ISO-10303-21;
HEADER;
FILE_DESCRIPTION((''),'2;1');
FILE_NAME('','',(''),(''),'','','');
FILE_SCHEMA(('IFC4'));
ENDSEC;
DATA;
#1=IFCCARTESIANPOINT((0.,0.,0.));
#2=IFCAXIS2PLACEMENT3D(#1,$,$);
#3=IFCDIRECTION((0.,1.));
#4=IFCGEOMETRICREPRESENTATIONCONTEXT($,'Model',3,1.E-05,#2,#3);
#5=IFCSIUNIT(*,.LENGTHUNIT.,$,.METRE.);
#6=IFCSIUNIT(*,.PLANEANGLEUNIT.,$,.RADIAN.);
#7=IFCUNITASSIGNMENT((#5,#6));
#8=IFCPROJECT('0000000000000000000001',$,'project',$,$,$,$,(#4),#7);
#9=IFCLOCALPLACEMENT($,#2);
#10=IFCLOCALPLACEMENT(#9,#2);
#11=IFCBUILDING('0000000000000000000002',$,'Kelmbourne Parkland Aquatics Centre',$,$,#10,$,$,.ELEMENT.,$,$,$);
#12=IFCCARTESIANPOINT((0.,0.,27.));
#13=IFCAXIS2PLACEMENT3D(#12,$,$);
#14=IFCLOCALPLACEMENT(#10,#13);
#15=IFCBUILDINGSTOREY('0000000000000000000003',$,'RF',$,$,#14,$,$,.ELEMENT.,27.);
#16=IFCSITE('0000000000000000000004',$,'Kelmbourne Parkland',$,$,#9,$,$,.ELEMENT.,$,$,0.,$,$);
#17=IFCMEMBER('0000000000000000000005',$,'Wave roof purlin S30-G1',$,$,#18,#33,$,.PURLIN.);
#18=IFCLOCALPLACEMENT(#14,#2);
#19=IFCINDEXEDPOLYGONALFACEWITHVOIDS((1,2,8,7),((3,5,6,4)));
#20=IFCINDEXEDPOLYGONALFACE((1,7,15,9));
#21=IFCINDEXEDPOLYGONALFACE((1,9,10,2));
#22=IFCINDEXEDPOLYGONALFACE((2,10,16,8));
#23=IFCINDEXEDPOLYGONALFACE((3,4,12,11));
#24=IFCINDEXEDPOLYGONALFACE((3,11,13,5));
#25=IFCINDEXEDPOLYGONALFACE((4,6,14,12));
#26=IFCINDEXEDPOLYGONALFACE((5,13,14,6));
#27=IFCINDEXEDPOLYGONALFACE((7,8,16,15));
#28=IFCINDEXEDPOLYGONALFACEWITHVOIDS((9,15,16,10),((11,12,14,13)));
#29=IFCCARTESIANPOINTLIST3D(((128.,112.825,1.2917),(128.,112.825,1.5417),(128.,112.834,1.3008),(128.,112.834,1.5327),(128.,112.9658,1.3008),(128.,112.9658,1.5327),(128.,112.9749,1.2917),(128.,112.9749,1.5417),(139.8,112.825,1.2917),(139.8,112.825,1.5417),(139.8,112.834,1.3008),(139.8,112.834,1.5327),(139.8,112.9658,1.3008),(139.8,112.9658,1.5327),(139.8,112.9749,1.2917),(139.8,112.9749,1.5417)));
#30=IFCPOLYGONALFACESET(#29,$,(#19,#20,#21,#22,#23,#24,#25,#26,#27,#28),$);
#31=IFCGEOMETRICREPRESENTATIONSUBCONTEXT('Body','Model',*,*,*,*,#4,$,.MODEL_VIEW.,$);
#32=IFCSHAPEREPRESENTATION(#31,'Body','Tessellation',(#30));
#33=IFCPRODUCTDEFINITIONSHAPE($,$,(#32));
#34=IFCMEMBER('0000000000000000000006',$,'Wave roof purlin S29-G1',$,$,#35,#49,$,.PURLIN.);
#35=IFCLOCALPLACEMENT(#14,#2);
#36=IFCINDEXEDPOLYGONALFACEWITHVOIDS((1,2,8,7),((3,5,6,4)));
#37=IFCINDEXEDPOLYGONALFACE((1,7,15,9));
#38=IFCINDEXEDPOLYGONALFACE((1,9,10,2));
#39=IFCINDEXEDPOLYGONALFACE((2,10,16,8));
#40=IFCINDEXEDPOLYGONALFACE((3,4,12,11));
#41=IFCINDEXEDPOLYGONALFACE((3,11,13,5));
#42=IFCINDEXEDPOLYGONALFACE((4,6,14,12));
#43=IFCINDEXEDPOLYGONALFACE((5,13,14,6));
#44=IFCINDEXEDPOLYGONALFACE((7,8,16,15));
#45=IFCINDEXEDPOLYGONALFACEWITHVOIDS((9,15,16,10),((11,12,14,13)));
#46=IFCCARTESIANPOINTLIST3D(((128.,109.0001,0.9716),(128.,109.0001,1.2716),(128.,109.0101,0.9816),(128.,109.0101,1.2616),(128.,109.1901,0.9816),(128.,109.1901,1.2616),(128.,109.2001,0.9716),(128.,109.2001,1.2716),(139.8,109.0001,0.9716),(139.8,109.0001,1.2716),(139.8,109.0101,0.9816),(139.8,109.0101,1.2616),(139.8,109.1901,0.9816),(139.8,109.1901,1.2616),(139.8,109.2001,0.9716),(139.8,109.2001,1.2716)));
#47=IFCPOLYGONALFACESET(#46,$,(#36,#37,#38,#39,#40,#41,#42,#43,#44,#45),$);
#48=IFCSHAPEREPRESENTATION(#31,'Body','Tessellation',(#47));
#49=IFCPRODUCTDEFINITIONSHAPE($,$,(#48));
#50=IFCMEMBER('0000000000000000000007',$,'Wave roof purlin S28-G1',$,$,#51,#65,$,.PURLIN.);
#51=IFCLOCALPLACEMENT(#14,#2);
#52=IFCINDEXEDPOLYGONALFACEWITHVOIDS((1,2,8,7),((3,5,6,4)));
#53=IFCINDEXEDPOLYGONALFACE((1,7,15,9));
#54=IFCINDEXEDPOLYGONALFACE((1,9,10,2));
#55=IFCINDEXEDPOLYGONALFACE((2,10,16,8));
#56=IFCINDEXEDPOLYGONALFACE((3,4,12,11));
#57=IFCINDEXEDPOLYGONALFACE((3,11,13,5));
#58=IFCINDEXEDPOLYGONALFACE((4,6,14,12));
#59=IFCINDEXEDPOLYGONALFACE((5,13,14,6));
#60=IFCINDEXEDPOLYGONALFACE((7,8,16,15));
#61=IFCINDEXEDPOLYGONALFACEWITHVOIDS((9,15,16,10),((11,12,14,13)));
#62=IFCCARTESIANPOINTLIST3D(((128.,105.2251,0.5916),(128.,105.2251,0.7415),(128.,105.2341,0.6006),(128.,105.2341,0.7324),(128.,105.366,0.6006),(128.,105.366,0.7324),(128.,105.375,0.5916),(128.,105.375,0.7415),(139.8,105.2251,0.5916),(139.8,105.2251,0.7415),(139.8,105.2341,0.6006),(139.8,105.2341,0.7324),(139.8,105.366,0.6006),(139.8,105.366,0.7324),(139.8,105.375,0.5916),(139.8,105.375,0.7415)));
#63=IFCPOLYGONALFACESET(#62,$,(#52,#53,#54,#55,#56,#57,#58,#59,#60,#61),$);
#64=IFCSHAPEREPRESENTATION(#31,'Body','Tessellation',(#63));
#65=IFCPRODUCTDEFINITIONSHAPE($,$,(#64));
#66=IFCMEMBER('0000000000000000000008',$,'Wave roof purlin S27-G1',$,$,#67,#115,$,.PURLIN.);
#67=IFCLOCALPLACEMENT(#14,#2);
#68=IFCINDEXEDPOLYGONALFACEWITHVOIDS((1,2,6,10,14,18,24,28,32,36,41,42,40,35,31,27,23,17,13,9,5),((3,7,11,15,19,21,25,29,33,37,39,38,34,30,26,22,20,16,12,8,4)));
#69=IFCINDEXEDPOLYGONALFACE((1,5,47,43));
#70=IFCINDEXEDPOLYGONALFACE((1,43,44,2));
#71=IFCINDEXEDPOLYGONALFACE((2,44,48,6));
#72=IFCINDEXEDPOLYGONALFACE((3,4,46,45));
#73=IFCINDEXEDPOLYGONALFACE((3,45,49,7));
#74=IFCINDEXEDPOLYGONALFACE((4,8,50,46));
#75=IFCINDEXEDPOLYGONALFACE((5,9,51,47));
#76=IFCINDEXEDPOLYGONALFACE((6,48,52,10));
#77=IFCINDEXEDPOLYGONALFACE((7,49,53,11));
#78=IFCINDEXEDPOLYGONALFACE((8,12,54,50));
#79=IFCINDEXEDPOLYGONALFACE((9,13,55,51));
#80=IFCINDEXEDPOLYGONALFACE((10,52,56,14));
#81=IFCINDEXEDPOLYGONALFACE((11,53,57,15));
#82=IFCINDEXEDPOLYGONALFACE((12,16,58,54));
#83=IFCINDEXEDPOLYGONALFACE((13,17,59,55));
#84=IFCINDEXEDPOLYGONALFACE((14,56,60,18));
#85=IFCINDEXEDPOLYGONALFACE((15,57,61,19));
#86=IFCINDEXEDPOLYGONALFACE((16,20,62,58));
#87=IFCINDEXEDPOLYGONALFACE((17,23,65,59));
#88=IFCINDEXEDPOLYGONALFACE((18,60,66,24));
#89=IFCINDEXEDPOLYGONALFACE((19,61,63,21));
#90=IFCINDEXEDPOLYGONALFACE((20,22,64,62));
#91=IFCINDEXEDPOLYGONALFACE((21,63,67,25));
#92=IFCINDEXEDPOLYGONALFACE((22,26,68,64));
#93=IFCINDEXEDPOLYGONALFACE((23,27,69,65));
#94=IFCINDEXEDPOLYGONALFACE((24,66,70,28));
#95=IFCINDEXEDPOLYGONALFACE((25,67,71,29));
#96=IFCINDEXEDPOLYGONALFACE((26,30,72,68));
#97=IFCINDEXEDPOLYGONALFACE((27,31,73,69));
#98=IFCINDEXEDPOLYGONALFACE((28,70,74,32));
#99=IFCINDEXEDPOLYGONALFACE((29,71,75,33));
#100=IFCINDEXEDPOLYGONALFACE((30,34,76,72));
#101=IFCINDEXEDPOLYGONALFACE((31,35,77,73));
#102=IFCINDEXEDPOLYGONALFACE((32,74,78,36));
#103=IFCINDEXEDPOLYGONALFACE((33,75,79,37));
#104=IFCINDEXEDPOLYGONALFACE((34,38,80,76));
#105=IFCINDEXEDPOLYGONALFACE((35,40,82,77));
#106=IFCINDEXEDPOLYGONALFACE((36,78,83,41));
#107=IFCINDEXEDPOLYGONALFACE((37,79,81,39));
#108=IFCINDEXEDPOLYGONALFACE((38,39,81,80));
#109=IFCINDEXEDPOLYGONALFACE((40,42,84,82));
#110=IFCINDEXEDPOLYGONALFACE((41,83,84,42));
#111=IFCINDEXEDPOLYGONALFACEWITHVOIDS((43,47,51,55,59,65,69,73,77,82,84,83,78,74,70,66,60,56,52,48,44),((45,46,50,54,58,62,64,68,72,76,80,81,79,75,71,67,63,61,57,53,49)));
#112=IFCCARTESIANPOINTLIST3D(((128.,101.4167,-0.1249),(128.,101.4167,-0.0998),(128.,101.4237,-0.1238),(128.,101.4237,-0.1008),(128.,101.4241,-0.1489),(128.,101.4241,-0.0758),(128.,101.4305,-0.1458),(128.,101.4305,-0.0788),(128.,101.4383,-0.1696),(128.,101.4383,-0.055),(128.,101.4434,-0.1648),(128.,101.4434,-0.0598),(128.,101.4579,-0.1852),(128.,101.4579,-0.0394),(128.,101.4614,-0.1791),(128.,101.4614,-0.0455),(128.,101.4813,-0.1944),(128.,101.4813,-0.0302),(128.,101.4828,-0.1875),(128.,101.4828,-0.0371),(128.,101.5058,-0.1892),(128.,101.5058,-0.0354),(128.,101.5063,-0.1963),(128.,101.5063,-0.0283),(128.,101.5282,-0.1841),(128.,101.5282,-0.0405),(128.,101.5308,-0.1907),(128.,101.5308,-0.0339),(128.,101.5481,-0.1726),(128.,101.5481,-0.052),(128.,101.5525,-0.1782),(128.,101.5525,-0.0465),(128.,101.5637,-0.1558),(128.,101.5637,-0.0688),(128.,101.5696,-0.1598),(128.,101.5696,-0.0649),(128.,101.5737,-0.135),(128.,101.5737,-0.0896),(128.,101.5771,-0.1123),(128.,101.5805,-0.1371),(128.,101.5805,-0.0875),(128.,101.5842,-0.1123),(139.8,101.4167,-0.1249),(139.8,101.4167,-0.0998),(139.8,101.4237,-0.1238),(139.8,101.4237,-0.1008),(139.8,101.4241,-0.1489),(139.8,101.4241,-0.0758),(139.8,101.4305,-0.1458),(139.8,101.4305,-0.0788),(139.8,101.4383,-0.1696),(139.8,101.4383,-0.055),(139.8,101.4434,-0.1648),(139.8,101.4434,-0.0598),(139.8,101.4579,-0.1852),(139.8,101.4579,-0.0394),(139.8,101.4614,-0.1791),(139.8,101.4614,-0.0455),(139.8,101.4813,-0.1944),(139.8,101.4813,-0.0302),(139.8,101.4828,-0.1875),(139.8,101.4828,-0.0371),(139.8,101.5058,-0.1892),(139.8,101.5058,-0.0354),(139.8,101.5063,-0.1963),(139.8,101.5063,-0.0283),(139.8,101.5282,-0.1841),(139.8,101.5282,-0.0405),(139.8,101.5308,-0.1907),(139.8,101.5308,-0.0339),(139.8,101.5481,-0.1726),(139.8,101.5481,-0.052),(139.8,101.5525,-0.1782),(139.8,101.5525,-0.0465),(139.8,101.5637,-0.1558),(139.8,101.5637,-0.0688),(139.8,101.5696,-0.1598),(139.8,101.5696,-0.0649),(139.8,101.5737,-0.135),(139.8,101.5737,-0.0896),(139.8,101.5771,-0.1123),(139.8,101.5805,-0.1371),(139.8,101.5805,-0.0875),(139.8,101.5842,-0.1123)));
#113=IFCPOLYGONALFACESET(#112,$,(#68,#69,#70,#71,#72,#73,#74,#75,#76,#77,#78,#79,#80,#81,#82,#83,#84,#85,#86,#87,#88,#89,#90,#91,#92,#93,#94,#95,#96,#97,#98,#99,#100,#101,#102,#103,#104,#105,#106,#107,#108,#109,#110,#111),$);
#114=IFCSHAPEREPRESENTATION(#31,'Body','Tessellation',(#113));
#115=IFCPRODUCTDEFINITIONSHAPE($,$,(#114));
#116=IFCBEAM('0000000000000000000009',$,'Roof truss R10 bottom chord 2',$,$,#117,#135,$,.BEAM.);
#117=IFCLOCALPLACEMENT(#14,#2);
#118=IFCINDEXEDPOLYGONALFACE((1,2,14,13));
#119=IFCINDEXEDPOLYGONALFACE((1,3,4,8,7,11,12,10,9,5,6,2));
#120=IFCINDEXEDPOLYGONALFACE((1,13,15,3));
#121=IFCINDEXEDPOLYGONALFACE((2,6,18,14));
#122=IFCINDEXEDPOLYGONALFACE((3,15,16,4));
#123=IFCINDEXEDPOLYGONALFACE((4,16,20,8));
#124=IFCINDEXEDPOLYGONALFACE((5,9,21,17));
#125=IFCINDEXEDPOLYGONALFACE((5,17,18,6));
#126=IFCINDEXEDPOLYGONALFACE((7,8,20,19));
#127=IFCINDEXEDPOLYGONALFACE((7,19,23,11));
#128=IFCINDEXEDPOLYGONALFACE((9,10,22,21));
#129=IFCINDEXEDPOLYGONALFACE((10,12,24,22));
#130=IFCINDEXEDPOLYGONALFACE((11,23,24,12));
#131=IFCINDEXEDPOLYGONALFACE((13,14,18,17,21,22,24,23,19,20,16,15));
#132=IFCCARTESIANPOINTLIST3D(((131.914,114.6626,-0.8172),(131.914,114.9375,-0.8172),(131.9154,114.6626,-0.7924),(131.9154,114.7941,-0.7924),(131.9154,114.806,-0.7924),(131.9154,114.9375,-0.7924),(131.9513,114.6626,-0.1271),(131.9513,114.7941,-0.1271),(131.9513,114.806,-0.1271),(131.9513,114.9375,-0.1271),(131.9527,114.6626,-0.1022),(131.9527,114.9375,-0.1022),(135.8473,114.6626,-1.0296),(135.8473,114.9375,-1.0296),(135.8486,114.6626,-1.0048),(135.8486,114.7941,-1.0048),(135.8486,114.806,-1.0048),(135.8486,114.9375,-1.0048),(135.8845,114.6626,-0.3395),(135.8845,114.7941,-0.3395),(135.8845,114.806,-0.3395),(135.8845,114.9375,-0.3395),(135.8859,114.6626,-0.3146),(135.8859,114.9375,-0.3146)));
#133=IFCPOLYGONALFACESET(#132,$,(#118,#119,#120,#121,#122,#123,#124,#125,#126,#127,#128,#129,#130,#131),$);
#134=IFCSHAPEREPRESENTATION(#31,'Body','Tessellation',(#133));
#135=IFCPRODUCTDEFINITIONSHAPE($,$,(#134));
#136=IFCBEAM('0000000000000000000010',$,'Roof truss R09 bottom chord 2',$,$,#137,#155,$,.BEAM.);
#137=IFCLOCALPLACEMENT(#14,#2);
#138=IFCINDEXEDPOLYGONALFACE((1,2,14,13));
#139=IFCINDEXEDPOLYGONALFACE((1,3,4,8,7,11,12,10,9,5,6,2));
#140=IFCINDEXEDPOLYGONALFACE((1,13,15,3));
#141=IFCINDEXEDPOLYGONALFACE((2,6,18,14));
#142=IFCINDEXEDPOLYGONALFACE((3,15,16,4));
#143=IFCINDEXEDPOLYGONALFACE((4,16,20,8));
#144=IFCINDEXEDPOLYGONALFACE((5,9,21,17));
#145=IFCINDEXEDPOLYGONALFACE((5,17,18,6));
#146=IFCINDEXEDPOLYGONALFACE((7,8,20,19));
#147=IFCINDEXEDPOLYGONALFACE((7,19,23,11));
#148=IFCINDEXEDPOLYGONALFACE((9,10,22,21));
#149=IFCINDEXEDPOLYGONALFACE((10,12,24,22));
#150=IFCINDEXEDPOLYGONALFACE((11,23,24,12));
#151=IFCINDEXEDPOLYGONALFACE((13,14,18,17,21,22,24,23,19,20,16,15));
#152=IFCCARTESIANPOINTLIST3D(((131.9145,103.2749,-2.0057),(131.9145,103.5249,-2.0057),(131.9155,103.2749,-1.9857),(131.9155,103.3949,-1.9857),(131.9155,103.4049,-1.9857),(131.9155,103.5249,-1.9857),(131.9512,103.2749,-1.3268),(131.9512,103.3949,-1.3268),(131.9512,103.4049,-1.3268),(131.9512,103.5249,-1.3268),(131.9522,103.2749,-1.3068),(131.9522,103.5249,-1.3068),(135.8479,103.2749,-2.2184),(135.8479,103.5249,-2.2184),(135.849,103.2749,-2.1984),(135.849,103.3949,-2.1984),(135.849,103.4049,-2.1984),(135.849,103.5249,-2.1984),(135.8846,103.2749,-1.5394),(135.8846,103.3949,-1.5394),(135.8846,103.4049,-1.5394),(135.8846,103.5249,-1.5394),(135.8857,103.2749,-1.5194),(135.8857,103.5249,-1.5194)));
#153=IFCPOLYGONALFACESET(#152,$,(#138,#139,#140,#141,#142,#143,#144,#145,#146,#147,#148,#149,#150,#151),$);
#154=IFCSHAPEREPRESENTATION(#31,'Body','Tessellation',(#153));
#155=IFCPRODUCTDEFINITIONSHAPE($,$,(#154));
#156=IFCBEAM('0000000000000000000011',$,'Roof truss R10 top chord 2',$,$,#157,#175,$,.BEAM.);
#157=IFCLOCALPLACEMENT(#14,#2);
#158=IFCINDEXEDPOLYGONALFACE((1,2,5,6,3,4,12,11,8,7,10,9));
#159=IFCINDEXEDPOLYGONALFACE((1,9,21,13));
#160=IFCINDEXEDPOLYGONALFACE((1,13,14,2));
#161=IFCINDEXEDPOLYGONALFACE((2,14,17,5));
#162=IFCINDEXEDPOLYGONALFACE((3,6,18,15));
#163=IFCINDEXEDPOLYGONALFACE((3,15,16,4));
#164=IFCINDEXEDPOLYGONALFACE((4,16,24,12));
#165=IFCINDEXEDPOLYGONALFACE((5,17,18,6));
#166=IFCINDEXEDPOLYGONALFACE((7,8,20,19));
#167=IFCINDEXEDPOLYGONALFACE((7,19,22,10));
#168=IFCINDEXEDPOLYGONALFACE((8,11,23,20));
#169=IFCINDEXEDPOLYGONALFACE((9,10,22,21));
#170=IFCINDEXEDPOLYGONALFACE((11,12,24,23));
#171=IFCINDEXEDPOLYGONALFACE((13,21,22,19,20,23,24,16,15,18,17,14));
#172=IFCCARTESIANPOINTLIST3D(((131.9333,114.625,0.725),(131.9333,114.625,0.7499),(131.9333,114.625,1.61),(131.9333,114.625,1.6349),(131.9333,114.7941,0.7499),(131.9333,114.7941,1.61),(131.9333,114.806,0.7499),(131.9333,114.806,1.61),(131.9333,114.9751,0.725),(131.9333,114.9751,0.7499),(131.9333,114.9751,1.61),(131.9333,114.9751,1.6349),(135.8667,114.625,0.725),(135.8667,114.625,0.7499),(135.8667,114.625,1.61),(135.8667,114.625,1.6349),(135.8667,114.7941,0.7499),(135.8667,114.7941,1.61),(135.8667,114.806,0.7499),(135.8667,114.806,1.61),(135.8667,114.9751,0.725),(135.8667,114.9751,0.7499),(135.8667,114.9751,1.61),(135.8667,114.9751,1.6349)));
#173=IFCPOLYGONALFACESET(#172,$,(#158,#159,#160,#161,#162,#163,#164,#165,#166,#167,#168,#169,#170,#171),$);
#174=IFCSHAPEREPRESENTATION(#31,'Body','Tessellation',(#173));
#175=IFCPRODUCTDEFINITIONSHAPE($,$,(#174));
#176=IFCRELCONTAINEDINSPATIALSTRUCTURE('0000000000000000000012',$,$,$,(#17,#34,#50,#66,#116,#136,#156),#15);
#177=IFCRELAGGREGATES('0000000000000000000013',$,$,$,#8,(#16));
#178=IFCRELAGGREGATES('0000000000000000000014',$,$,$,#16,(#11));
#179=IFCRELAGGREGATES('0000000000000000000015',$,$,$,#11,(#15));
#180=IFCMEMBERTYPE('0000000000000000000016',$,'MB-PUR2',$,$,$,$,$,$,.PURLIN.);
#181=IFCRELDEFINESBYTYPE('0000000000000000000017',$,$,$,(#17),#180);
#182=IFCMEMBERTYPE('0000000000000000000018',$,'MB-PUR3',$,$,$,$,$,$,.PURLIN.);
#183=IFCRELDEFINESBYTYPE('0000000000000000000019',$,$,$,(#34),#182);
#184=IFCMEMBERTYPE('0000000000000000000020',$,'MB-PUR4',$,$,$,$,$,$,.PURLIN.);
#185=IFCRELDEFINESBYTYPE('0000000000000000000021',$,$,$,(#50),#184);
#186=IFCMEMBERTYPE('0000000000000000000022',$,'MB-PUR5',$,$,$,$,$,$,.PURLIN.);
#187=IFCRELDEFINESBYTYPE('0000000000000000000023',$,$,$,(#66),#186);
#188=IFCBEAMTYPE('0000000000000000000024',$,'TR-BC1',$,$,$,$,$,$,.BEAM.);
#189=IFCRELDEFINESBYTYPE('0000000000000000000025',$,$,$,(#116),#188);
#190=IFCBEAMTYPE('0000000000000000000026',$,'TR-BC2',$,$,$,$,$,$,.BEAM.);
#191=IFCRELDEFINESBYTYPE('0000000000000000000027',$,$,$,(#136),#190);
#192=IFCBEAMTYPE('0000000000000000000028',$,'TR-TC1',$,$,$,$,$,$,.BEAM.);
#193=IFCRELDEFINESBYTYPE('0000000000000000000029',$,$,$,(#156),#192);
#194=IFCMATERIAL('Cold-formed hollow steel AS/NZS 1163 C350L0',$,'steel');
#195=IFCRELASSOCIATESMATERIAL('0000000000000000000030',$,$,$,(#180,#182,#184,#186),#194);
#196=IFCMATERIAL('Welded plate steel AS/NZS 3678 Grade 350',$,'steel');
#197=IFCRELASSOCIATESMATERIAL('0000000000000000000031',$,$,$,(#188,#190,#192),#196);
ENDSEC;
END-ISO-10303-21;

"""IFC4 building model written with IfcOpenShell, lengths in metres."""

from ifc_helpers import new_model, si_unit, direction, frame, origin, origin_2d, place, context, subcontext, project, spatial, hollow_rectangle, hollow_circle, i_section, extrude, material, material_profile, profile_set, type_object, element, save


model = new_model("IFC4")

# Units and contexts
model_context = context("Model", 3, precision=1e-05, world=origin(), true_north=direction((0.0, 1.0)))
body_context = subcontext(model_context, "Body", "Model", "MODEL_VIEW")
ifc_project = project(units=[si_unit("LENGTHUNIT", "METRE"), si_unit("PLANEANGLEUNIT", "RADIAN")], contexts=[model_context])

# Site, building, storey
site_placement = place(None, origin())
site = spatial("IfcSite", under=ifc_project, at=site_placement, Name="Kelmbourne Parkland", CompositionType="ELEMENT", RefElevation=0.0)
building_placement = place(site_placement, origin())
building = spatial("IfcBuilding", under=site, at=building_placement, Name="Kelmbourne Parkland Aquatics Centre", CompositionType="ELEMENT")
storey_placement = place(building_placement, frame((0.0, 0.0, 27.0)))
storey = spatial("IfcBuildingStorey", under=building, at=storey_placement, Name="RF", CompositionType="ELEMENT", Elevation=27.0)

# Members
ifc_material_1 = material(Name="Cold-formed hollow steel AS/NZS 1163 C350L0", Category="steel")
ifc_material_profile_1 = material_profile(ifc_material_1, hollow_rectangle(XDim=0.1499, YDim=0.25, WallThickness=0.009, at=origin_2d()), Name="RHS 250x150x9.0")
ifc_profile_set_1 = profile_set([ifc_material_profile_1], Name="Cold-formed hollow steel AS/NZS 1163 C350L0")
member_type_1 = type_object("IfcMemberType", Name="MB-PUR2", PredefinedType="PURLIN", material=ifc_profile_set_1)
member_1_placement = place(storey_placement, frame((128.0, 112.8999, 1.4167), z_axis=(1.0, 0.0, 0.0), x_axis=(0.0, 1.0, 0.0)))
element("IfcMember", 1, at=member_1_placement, inside=storey, type_object=member_type_1, Name="Wave roof purlin S30-G1", PredefinedType="PURLIN", context=body_context, shape_type="SweptSolid", body=[
    extrude(hollow_rectangle(XDim=0.1499, YDim=0.25, WallThickness=0.009, at=origin_2d()), origin(), (0.0, 0.0, 1.0), 11.8),
])
ifc_material_profile_2 = material_profile(ifc_material_1, hollow_rectangle(XDim=0.2, YDim=0.3, WallThickness=0.01, at=origin_2d()), Name="RHS 300x200x10.0")
ifc_profile_set_2 = profile_set([ifc_material_profile_2], Name="Cold-formed hollow steel AS/NZS 1163 C350L0")
member_type_2 = type_object("IfcMemberType", Name="MB-PUR3", PredefinedType="PURLIN", material=ifc_profile_set_2)
member_2_placement = place(storey_placement, frame((128.0, 109.1001, 1.1216), z_axis=(1.0, 0.0, 0.0), x_axis=(0.0, 1.0, 0.0)))
element("IfcMember", 2, at=member_2_placement, inside=storey, type_object=member_type_2, Name="Wave roof purlin S29-G1", PredefinedType="PURLIN", context=body_context, shape_type="SweptSolid", body=[
    extrude(hollow_rectangle(XDim=0.2, YDim=0.3, WallThickness=0.01, at=origin_2d()), origin(), (0.0, 0.0, 1.0), 11.8),
])
ifc_material_profile_3 = material_profile(ifc_material_1, hollow_rectangle(XDim=0.1499, YDim=0.1499, WallThickness=0.009, at=origin_2d()), Name="SHS 150x150x9.0")
ifc_profile_set_3 = profile_set([ifc_material_profile_3], Name="Cold-formed hollow steel AS/NZS 1163 C350L0")
member_type_3 = type_object("IfcMemberType", Name="MB-PUR4", PredefinedType="PURLIN", material=ifc_profile_set_3)
member_3_placement = place(storey_placement, frame((128.0, 105.3, 0.6665), z_axis=(1.0, 0.0, 0.0), x_axis=(0.0, 1.0, 0.0)))
element("IfcMember", 3, at=member_3_placement, inside=storey, type_object=member_type_3, Name="Wave roof purlin S28-G1", PredefinedType="PURLIN", context=body_context, shape_type="SweptSolid", body=[
    extrude(hollow_rectangle(XDim=0.1499, YDim=0.1499, WallThickness=0.009, at=origin_2d()), origin(), (0.0, 0.0, 1.0), 11.8),
])
ifc_material_profile_4 = material_profile(ifc_material_1, hollow_circle(Radius=0.0842, WallThickness=0.0071, at=origin_2d()), Name="CHS 168.3x7.1")
ifc_profile_set_4 = profile_set([ifc_material_profile_4], Name="Cold-formed hollow steel AS/NZS 1163 C350L0")
member_type_4 = type_object("IfcMemberType", Name="MB-PUR5", PredefinedType="PURLIN", material=ifc_profile_set_4)
member_4_placement = place(storey_placement, frame((128.0, 101.5, -0.1123), z_axis=(1.0, 0.0, 0.0), x_axis=(0.0, 1.0, 0.0)))
element("IfcMember", 4, at=member_4_placement, inside=storey, type_object=member_type_4, Name="Wave roof purlin S27-G1", PredefinedType="PURLIN", context=body_context, shape_type="SweptSolid", body=[
    extrude(hollow_circle(Radius=0.0842, WallThickness=0.0071, at=origin_2d()), origin(), (0.0, 0.0, 1.0), 11.8),
])

# Beams
ifc_material_2 = material(Name="Welded plate steel AS/NZS 3678 Grade 350", Category="steel")
ifc_material_profile_5 = material_profile(ifc_material_2, i_section(OverallWidth=0.2749, OverallDepth=0.7161, WebThickness=0.012, FlangeThickness=0.0249, at=origin_2d()), Name="700WB173")
ifc_profile_set_5 = profile_set([ifc_material_profile_5], Name="Welded plate steel AS/NZS 3678 Grade 350")
beam_type_1 = type_object("IfcBeamType", Name="TR-BC1", PredefinedType="BEAM", material=ifc_profile_set_5)
beam_1_placement = place(storey_placement, frame((131.9333, 114.8, -0.4597), z_axis=(0.998545, 0.0, -0.053922), x_axis=(0.0, 1.0, 0.0)))
element("IfcBeam", 5, at=beam_1_placement, inside=storey, type_object=beam_type_1, Name="Roof truss R10 bottom chord 2", PredefinedType="BEAM", context=body_context, shape_type="SweptSolid", body=[
    extrude(i_section(OverallWidth=0.2749, OverallDepth=0.7161, WebThickness=0.012, FlangeThickness=0.0249, at=origin_2d()), origin(), (0.0, 0.0, 1.0), 3.939),
])
ifc_material_profile_6 = material_profile(ifc_material_2, i_section(OverallWidth=0.25, OverallDepth=0.7, WebThickness=0.01, FlangeThickness=0.02, at=origin_2d()), Name="700WB130")
ifc_profile_set_6 = profile_set([ifc_material_profile_6], Name="Welded plate steel AS/NZS 3678 Grade 350")
beam_type_2 = type_object("IfcBeamType", Name="TR-BC2", PredefinedType="BEAM", material=ifc_profile_set_6)
beam_2_placement = place(storey_placement, frame((131.9333, 103.3999, -1.6562), z_axis=(0.998542, 0.0, -0.053984), x_axis=(0.0, 1.0, 0.0)))
element("IfcBeam", 6, at=beam_2_placement, inside=storey, type_object=beam_type_2, Name="Roof truss R09 bottom chord 2", PredefinedType="BEAM", context=body_context, shape_type="SweptSolid", body=[
    extrude(i_section(OverallWidth=0.25, OverallDepth=0.7, WebThickness=0.01, FlangeThickness=0.02, at=origin_2d()), origin(), (0.0, 0.0, 1.0), 3.9392),
])
ifc_material_profile_7 = material_profile(ifc_material_2, i_section(OverallWidth=0.3501, OverallDepth=0.9099, WebThickness=0.012, FlangeThickness=0.0249, at=origin_2d()), Name="900WB218")
ifc_profile_set_7 = profile_set([ifc_material_profile_7], Name="Welded plate steel AS/NZS 3678 Grade 350")
beam_type_3 = type_object("IfcBeamType", Name="TR-TC1", PredefinedType="BEAM", material=ifc_profile_set_7)
beam_3_placement = place(storey_placement, frame((131.9333, 114.8, 1.1799), z_axis=(1.0, 0.0, 0.0), x_axis=(0.0, 1.0, 0.0)))
element("IfcBeam", 7, at=beam_3_placement, inside=storey, type_object=beam_type_3, Name="Roof truss R10 top chord 2", PredefinedType="BEAM", context=body_context, shape_type="SweptSolid", body=[
    extrude(i_section(OverallWidth=0.3501, OverallDepth=0.9099, WebThickness=0.012, FlangeThickness=0.0249, at=origin_2d()), origin(), (0.0, 0.0, 1.0), 3.9333),
])

save(model, "model.ifc")
